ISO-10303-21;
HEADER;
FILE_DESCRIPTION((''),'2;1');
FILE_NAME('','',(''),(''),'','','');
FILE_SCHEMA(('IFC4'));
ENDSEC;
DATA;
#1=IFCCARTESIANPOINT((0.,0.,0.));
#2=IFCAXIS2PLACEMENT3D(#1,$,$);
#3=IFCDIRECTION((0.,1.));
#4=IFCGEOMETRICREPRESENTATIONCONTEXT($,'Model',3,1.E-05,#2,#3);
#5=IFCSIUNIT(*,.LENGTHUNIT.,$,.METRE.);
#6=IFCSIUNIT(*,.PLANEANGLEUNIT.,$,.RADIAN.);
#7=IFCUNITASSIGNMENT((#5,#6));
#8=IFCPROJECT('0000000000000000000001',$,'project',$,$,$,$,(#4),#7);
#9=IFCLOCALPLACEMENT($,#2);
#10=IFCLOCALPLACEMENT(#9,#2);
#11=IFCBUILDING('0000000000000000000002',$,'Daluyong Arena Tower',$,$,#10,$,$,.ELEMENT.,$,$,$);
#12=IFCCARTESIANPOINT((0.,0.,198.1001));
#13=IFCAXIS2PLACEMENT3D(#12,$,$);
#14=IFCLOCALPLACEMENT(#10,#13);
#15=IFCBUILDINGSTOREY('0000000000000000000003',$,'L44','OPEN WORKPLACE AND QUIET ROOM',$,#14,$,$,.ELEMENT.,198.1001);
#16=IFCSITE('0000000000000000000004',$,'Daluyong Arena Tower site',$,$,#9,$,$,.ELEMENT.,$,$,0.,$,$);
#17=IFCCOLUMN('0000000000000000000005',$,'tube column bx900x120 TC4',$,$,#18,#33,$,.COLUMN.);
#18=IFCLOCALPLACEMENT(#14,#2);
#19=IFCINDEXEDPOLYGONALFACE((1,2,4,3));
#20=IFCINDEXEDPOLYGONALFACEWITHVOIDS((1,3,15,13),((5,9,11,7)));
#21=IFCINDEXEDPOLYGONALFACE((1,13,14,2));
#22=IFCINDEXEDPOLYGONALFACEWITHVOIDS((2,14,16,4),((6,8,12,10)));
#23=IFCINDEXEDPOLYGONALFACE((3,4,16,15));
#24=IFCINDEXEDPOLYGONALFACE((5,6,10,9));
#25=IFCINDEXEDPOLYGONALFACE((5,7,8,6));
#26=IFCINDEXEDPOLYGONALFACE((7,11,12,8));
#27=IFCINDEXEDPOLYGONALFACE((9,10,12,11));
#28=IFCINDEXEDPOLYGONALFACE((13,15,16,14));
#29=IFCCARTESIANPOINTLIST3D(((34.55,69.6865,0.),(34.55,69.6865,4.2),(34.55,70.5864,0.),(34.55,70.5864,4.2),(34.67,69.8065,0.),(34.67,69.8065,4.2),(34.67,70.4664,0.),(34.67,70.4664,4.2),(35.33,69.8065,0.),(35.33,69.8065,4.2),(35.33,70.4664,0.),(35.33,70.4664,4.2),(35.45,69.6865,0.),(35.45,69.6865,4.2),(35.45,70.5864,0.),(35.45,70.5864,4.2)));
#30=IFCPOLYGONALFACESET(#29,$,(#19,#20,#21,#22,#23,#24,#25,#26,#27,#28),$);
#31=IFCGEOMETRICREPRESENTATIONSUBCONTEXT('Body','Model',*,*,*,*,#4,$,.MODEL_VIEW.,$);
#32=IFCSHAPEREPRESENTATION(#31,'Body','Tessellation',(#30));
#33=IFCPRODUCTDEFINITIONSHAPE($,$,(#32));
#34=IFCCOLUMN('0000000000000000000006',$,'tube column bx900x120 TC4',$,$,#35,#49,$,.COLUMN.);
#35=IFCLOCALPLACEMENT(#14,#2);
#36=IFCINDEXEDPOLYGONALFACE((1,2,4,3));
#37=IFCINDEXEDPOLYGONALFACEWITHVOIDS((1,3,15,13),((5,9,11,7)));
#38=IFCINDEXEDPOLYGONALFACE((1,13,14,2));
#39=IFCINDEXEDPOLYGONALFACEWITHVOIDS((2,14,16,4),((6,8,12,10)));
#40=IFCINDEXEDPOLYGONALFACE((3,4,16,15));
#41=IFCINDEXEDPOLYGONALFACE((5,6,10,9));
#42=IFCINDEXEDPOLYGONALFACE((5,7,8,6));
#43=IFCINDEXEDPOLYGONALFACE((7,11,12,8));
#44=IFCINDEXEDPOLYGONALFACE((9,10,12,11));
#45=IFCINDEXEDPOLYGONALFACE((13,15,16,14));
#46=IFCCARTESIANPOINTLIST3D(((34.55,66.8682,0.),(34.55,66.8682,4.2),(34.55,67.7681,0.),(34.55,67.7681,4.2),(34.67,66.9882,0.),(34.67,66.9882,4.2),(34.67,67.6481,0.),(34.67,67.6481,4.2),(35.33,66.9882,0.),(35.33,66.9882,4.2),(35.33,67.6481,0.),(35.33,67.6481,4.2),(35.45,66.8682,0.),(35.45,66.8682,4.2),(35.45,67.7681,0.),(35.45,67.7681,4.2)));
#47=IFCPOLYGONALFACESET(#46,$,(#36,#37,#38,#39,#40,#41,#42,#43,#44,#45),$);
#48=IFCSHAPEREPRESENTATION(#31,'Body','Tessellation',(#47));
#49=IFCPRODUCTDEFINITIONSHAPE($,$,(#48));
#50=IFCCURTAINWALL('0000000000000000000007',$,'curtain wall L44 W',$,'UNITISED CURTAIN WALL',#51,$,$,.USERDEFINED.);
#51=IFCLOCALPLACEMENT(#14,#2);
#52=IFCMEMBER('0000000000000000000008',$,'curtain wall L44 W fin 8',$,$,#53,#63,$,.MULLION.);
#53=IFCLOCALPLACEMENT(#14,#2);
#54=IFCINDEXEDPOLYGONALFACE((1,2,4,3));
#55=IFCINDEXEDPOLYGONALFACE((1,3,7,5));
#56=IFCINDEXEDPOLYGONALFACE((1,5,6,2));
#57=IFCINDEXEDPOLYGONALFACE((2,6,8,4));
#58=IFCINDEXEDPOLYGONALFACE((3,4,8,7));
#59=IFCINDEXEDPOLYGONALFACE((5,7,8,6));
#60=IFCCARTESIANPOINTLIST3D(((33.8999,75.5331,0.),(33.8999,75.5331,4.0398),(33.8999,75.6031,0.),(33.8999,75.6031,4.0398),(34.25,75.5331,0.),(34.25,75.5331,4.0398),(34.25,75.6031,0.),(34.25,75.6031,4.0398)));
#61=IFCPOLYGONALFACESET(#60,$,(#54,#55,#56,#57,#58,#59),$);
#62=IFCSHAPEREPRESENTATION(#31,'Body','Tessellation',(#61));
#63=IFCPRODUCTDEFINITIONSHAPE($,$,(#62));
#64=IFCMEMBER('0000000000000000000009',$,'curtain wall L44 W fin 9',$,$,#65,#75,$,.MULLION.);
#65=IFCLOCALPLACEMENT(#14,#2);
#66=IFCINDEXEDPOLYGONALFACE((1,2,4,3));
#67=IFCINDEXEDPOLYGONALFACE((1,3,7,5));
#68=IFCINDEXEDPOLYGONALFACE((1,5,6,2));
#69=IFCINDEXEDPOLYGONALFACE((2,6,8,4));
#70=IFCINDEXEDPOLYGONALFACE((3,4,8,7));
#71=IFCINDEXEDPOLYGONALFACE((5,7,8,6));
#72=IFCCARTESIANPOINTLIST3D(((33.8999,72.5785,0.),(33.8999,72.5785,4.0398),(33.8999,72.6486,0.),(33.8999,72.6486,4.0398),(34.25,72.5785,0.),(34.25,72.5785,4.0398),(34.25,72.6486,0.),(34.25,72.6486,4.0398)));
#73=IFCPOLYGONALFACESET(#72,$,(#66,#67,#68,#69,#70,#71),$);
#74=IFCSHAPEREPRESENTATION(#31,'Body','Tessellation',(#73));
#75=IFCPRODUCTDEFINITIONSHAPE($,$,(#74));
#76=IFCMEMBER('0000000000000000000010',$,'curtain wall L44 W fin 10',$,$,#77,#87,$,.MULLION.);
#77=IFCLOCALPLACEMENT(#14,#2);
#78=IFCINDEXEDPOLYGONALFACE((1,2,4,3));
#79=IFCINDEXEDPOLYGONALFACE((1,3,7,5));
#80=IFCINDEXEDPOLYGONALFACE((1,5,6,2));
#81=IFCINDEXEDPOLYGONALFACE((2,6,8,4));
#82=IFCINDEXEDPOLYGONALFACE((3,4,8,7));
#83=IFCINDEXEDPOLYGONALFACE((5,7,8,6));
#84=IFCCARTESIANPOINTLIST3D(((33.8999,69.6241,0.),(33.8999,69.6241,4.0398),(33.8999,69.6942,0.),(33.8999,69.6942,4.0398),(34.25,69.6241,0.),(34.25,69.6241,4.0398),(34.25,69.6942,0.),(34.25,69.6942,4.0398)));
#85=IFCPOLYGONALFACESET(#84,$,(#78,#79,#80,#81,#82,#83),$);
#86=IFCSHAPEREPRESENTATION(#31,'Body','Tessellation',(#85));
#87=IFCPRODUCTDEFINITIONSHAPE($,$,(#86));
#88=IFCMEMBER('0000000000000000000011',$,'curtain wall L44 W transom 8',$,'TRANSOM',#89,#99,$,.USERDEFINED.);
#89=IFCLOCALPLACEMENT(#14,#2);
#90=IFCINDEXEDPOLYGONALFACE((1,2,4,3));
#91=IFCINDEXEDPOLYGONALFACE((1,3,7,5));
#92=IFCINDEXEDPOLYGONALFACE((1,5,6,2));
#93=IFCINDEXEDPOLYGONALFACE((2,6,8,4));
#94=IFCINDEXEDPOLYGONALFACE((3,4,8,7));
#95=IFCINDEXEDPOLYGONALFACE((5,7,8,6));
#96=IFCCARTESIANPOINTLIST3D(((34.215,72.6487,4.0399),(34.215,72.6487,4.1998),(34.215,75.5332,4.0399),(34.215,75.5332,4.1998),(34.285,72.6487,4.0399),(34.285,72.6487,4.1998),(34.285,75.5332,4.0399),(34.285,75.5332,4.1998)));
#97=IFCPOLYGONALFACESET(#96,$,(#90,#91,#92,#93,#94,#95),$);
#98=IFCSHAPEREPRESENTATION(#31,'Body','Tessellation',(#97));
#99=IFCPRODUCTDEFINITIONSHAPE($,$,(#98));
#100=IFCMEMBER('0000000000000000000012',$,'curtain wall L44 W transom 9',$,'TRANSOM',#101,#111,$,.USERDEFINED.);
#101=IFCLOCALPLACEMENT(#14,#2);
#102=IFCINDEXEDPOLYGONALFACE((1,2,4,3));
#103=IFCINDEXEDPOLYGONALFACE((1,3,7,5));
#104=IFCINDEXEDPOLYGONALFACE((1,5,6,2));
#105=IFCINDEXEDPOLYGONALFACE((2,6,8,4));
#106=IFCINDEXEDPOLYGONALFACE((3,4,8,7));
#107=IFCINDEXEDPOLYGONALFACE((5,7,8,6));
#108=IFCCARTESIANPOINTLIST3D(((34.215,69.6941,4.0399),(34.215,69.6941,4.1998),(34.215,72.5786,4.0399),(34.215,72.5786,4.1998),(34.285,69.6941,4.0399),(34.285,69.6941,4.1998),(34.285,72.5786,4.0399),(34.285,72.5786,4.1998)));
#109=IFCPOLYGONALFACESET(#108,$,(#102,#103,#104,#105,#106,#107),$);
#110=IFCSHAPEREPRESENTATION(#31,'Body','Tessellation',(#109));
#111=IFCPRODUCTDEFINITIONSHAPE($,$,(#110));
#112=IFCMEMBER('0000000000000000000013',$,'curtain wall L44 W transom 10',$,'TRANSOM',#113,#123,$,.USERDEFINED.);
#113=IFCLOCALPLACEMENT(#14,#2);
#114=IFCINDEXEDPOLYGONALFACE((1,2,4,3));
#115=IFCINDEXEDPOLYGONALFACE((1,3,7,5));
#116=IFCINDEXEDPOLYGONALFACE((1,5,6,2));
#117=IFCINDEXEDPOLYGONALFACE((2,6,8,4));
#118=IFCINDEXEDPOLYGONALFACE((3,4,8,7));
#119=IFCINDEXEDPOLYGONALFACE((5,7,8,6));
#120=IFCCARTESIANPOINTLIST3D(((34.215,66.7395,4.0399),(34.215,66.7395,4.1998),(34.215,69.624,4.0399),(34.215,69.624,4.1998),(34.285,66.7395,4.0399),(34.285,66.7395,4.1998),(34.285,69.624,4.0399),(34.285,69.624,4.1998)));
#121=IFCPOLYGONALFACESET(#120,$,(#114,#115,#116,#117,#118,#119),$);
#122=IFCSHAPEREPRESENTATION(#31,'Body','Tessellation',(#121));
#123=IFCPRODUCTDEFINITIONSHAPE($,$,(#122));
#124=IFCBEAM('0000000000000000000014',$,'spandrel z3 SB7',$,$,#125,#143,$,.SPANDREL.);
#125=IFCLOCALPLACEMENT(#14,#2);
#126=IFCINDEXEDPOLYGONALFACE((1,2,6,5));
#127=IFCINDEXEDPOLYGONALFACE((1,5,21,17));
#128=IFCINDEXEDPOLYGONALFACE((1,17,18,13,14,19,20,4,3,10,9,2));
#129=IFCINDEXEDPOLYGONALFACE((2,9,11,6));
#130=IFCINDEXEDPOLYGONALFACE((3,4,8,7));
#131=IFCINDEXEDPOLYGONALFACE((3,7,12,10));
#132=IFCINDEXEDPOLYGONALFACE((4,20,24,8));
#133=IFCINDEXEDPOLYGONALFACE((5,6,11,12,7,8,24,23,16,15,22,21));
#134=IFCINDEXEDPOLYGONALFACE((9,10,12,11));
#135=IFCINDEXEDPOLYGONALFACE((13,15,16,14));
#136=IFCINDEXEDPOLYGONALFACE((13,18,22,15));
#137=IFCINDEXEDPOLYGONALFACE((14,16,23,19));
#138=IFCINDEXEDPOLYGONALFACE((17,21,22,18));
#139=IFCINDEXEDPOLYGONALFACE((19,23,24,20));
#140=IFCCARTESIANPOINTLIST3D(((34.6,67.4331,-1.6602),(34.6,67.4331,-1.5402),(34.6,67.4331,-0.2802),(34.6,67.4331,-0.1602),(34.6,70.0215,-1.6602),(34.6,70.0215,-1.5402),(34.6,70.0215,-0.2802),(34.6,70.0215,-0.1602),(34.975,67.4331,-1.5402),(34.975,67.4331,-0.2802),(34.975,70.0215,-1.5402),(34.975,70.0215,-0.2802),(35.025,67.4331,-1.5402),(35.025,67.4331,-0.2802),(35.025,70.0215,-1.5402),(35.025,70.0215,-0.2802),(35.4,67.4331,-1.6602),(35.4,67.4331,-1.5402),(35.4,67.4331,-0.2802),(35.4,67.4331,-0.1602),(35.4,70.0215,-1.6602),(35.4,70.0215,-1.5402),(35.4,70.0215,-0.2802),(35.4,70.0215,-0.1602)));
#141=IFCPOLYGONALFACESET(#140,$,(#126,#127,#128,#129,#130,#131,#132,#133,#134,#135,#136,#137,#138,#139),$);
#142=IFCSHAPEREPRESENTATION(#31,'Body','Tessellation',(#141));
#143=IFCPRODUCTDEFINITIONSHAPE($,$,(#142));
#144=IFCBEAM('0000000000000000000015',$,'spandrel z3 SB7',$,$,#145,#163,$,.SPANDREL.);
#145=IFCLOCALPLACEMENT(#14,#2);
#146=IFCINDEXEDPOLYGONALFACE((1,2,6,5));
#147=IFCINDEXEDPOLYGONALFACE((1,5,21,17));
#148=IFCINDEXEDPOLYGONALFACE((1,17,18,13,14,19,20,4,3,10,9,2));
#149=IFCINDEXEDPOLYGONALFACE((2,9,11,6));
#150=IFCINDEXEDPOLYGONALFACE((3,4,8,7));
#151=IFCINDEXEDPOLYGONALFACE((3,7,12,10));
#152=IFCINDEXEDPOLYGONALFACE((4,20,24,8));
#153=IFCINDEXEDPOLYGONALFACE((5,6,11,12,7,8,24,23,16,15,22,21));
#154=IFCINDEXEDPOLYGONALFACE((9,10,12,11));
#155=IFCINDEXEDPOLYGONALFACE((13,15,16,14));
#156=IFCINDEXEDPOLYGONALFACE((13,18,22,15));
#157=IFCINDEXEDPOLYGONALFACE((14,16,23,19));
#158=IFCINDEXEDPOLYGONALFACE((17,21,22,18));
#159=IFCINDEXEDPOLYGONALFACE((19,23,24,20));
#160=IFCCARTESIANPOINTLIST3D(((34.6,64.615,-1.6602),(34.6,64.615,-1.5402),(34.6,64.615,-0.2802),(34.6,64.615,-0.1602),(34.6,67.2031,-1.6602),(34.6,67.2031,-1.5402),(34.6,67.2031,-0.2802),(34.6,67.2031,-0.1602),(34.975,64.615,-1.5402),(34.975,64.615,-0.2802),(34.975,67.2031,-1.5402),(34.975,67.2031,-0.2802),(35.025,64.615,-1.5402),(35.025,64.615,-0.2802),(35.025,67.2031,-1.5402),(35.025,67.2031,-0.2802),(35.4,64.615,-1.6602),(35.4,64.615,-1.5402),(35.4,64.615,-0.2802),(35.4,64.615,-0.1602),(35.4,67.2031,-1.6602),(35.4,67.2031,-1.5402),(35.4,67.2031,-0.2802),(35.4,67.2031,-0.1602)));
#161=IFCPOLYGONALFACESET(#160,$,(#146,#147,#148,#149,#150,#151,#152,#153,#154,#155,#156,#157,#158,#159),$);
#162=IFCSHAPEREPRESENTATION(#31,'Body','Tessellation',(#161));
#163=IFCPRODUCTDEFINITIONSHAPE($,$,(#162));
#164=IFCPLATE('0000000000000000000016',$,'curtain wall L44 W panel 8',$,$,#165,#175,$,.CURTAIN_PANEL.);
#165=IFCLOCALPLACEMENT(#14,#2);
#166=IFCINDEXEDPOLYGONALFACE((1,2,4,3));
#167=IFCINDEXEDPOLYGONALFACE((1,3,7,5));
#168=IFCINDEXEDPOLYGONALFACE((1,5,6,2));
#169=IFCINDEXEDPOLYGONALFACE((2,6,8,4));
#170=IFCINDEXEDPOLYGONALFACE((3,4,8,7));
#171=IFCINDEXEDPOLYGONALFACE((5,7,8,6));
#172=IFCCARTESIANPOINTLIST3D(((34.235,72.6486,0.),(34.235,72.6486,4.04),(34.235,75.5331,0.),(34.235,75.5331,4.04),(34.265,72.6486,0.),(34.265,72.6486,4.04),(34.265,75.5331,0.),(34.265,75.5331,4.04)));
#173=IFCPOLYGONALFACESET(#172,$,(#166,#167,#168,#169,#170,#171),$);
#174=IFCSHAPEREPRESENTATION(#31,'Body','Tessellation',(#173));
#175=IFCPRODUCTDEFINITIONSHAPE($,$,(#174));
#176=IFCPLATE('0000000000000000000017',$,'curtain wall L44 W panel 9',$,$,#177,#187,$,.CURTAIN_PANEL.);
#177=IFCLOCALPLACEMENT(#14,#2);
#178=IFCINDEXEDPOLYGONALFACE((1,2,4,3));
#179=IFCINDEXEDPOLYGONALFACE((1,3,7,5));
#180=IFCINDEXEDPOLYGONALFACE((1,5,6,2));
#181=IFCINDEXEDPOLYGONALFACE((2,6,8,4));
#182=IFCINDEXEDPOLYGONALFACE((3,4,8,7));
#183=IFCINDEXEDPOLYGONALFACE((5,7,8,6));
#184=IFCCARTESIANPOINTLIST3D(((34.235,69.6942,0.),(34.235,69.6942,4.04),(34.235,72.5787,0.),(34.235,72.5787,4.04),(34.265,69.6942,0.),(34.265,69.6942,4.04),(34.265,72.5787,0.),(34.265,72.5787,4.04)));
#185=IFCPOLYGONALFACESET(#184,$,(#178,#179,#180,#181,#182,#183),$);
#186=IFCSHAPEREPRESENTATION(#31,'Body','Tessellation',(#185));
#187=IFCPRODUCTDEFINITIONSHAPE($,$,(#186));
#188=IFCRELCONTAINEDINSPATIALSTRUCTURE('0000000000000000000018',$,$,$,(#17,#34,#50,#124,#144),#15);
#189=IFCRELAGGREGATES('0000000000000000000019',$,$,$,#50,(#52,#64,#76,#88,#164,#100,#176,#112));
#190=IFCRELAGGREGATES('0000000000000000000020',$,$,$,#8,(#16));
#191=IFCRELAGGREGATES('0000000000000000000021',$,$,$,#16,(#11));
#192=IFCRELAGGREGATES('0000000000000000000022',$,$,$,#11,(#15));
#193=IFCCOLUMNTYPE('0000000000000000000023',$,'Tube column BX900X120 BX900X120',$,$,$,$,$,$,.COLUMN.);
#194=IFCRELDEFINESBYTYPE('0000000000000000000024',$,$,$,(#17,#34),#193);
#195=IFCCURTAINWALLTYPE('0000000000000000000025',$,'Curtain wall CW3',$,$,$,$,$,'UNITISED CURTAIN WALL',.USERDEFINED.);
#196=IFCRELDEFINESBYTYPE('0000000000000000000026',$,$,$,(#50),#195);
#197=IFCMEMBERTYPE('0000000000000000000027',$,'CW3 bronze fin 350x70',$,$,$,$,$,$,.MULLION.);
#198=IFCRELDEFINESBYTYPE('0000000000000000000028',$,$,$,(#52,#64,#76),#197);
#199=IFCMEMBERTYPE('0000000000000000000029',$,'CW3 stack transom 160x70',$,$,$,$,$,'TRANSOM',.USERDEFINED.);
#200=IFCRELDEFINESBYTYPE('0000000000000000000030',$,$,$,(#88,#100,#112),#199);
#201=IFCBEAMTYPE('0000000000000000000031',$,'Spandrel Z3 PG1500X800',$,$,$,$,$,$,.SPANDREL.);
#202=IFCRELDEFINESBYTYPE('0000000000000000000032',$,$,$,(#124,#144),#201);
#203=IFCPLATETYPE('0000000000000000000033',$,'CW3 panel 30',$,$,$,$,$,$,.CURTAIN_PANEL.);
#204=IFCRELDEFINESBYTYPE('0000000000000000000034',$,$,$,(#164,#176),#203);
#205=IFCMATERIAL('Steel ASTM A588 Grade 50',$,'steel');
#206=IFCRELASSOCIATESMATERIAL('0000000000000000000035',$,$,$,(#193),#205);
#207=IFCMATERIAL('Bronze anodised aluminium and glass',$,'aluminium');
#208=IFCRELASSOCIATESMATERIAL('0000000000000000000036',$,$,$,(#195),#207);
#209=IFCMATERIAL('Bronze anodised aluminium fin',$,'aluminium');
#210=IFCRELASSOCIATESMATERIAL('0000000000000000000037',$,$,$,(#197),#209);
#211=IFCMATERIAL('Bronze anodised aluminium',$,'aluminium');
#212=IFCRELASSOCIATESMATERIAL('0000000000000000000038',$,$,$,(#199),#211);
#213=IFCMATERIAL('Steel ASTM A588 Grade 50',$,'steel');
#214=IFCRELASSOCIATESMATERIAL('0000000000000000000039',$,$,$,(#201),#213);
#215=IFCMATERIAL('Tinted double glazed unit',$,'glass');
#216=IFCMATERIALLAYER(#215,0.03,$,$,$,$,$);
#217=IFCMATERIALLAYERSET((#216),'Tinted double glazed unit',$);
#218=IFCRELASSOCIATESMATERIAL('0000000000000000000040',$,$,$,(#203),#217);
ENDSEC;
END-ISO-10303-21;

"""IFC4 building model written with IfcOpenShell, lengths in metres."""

from ifc_helpers import new_model, si_unit, direction, frame, origin, origin_2d, place, context, subcontext, project, spatial, rectangle, hollow_rectangle, i_section, extrude, material, layer, layer_set, material_profile, profile_set, type_object, element, aggregate, save


model = new_model("IFC4")

# Units and contexts
model_context = context("Model", 3, precision=1e-05, world=origin(), true_north=direction((0.0, 1.0)))
body_context = subcontext(model_context, "Body", "Model", "MODEL_VIEW")
ifc_project = project(units=[si_unit("LENGTHUNIT", "METRE"), si_unit("PLANEANGLEUNIT", "RADIAN")], contexts=[model_context])

# Site, building, storey
site_placement = place(None, origin())
site = spatial("IfcSite", under=ifc_project, at=site_placement, Name="Daluyong Arena Tower site", CompositionType="ELEMENT", RefElevation=0.0)
building_placement = place(site_placement, origin())
building = spatial("IfcBuilding", under=site, at=building_placement, Name="Daluyong Arena Tower", CompositionType="ELEMENT")
storey_placement = place(building_placement, frame((0.0, 0.0, 198.1001)))
storey = spatial("IfcBuildingStorey", under=building, at=storey_placement, Name="L44", Description="OPEN WORKPLACE AND QUIET ROOM", CompositionType="ELEMENT", Elevation=198.1001)

# Columns
ifc_material_1 = material(Name="Steel ASTM A588 Grade 50", Category="steel")
ifc_material_profile_1 = material_profile(ifc_material_1, hollow_rectangle(XDim=0.8999, YDim=0.8999, WallThickness=0.12, at=origin_2d()))
ifc_profile_set_1 = profile_set([ifc_material_profile_1], Name="Steel ASTM A588 Grade 50")
column_type = type_object("IfcColumnType", Name="Tube column BX900X120 BX900X120", PredefinedType="COLUMN", material=ifc_profile_set_1)
for number, where, z_axis, x_axis, name in (
    (1, (35.0, 70.1365, 0.0), (0.0, 0.0, 1.0), (0.0, 1.0, 0.0), "tube column bx900x120 TC4"),
    (2, (35.0, 67.3181, 0.0), (0.0, 0.0, 1.0), (0.0, 1.0, 0.0), "tube column bx900x120 TC4"),
):
    element("IfcColumn", number, at=place(storey_placement, frame(where, z_axis=z_axis, x_axis=x_axis)), inside=storey, type_object=column_type, Name=name, PredefinedType="COLUMN", context=body_context, shape_type="SweptSolid", body=[
        extrude(hollow_rectangle(XDim=0.8999, YDim=0.8999, WallThickness=0.12, at=origin_2d()), origin(), (0.0, 0.0, 1.0), 4.2),
    ])

# Curtain wall, members
ifc_material_2 = material(Name="Bronze anodised aluminium and glass", Category="aluminium")
curtain_wall_type = type_object("IfcCurtainWallType", Name="Curtain wall CW3", ElementType="UNITISED CURTAIN WALL", PredefinedType="USERDEFINED", material=ifc_material_2)
curtain_wall_placement = place(storey_placement, origin())
curtain_wall = element("IfcCurtainWall", 3, at=curtain_wall_placement, inside=storey, type_object=curtain_wall_type, Name="curtain wall L44 W", ObjectType="UNITISED CURTAIN WALL", PredefinedType="USERDEFINED")
ifc_material_3 = material(Name="Bronze anodised aluminium fin", Category="aluminium")
ifc_material_profile_2 = material_profile(ifc_material_3, rectangle(XDim=0.3501, YDim=0.0701, at=origin_2d()))
ifc_profile_set_2 = profile_set([ifc_material_profile_2], Name="Bronze anodised aluminium fin")
member_type_1 = type_object("IfcMemberType", Name="CW3 bronze fin 350x70", PredefinedType="MULLION", material=ifc_profile_set_2)
member_1_placement = place(storey_placement, frame((34.075, 75.5681, 0.0), z_axis=(0.0, 0.0, 1.0), x_axis=(1.0, 0.0, 0.0)))
member_1 = element("IfcMember", 4, at=member_1_placement, type_object=member_type_1, Name="curtain wall L44 W fin 8", PredefinedType="MULLION", context=body_context, shape_type="SweptSolid", body=[
    extrude(rectangle(XDim=0.3501, YDim=0.0701, at=origin_2d()), origin(), (0.0, 0.0, 1.0), 4.0398),
])
member_2_placement = place(storey_placement, frame((34.075, 72.6135, 0.0), z_axis=(0.0, 0.0, 1.0), x_axis=(1.0, 0.0, 0.0)))
member_2 = element("IfcMember", 5, at=member_2_placement, type_object=member_type_1, Name="curtain wall L44 W fin 9", PredefinedType="MULLION", context=body_context, shape_type="SweptSolid", body=[
    extrude(rectangle(XDim=0.3501, YDim=0.0701, at=origin_2d()), origin(), (0.0, 0.0, 1.0), 4.0398),
])
member_3_placement = place(storey_placement, frame((34.075, 69.6592, 0.0), z_axis=(0.0, 0.0, 1.0), x_axis=(1.0, 0.0, 0.0)))
member_3 = element("IfcMember", 6, at=member_3_placement, type_object=member_type_1, Name="curtain wall L44 W fin 10", PredefinedType="MULLION", context=body_context, shape_type="SweptSolid", body=[
    extrude(rectangle(XDim=0.3501, YDim=0.0701, at=origin_2d()), origin(), (0.0, 0.0, 1.0), 4.0398),
])
ifc_material_4 = material(Name="Bronze anodised aluminium", Category="aluminium")
ifc_material_profile_3 = material_profile(ifc_material_4, rectangle(XDim=0.0701, YDim=0.1599, at=origin_2d()))
ifc_profile_set_3 = profile_set([ifc_material_profile_3], Name="Bronze anodised aluminium")
member_type_2 = type_object("IfcMemberType", Name="CW3 stack transom 160x70", ElementType="TRANSOM", PredefinedType="USERDEFINED", material=ifc_profile_set_3)
member_4_placement = place(storey_placement, frame((34.25, 75.5332, 4.1199), z_axis=(0.0, -1.0, 0.0), x_axis=(1.0, 0.0, 0.0)))
member_4 = element("IfcMember", 7, at=member_4_placement, type_object=member_type_2, Name="curtain wall L44 W transom 8", ObjectType="TRANSOM", PredefinedType="USERDEFINED", context=body_context, shape_type="SweptSolid", body=[
    extrude(rectangle(XDim=0.0701, YDim=0.1599, at=origin_2d()), origin(), (0.0, 0.0, 1.0), 2.8845),
])
member_5_placement = place(storey_placement, frame((34.25, 72.5786, 4.1199), z_axis=(0.0, -1.0, 0.0), x_axis=(1.0, 0.0, 0.0)))
member_5 = element("IfcMember", 8, at=member_5_placement, type_object=member_type_2, Name="curtain wall L44 W transom 9", ObjectType="TRANSOM", PredefinedType="USERDEFINED", context=body_context, shape_type="SweptSolid", body=[
    extrude(rectangle(XDim=0.0701, YDim=0.1599, at=origin_2d()), origin(), (0.0, 0.0, 1.0), 2.8845),
])
member_6_placement = place(storey_placement, frame((34.25, 69.624, 4.1199), z_axis=(0.0, -1.0, 0.0), x_axis=(1.0, 0.0, 0.0)))
member_6 = element("IfcMember", 9, at=member_6_placement, type_object=member_type_2, Name="curtain wall L44 W transom 10", ObjectType="TRANSOM", PredefinedType="USERDEFINED", context=body_context, shape_type="SweptSolid", body=[
    extrude(rectangle(XDim=0.0701, YDim=0.1599, at=origin_2d()), origin(), (0.0, 0.0, 1.0), 2.8845),
])

# Beams
ifc_material_5 = material(Name="Steel ASTM A588 Grade 50", Category="steel")
ifc_material_profile_4 = material_profile(ifc_material_5, i_section(OverallWidth=0.8, OverallDepth=1.5, WebThickness=0.05, FlangeThickness=0.12, at=origin_2d()))
ifc_profile_set_4 = profile_set([ifc_material_profile_4], Name="Steel ASTM A588 Grade 50")
beam_type = type_object("IfcBeamType", Name="Spandrel Z3 PG1500X800", PredefinedType="SPANDREL", material=ifc_profile_set_4)
beam_1_placement = place(storey_placement, frame((35.0, 70.0215, -0.9102), z_axis=(0.0, -1.0, 0.0), x_axis=(1.0, 0.0, 0.0)))
element("IfcBeam", 10, at=beam_1_placement, inside=storey, type_object=beam_type, Name="spandrel z3 SB7", PredefinedType="SPANDREL", context=body_context, shape_type="SweptSolid", body=[
    extrude(i_section(OverallWidth=0.8, OverallDepth=1.5, WebThickness=0.05, FlangeThickness=0.12, at=origin_2d()), origin(), (0.0, 0.0, 1.0), 2.5884),
])
beam_2_placement = place(storey_placement, frame((35.0, 67.2031, -0.9102), z_axis=(0.0, -1.0, 0.0), x_axis=(1.0, 0.0, 0.0)))
element("IfcBeam", 11, at=beam_2_placement, inside=storey, type_object=beam_type, Name="spandrel z3 SB7", PredefinedType="SPANDREL", context=body_context, shape_type="SweptSolid", body=[
    extrude(i_section(OverallWidth=0.8, OverallDepth=1.5, WebThickness=0.05, FlangeThickness=0.12, at=origin_2d()), origin(), (0.0, 0.0, 1.0), 2.5881),
])

# Plates
ifc_material_6 = material(Name="Tinted double glazed unit", Category="glass")
ifc_layer = layer(ifc_material_6, 0.03)
ifc_layer_set = layer_set([ifc_layer], Name="Tinted double glazed unit")
plate_type = type_object("IfcPlateType", Name="CW3 panel 30", PredefinedType="CURTAIN_PANEL", material=ifc_layer_set)
plate_1_placement = place(storey_placement, frame((34.25, 74.0908, 0.0), z_axis=(0.0, 0.0, 1.0), x_axis=(0.0, -1.0, 0.0)))
plate_1 = element("IfcPlate", 12, at=plate_1_placement, type_object=plate_type, Name="curtain wall L44 W panel 8", PredefinedType="CURTAIN_PANEL", context=body_context, shape_type="SweptSolid", body=[
    extrude(rectangle(XDim=2.8845, YDim=0.03, at=origin_2d()), origin(), (0.0, 0.0, 1.0), 4.04),
])
plate_2_placement = place(storey_placement, frame((34.25, 71.1365, 0.0), z_axis=(0.0, 0.0, 1.0), x_axis=(0.0, -1.0, 0.0)))
plate_2 = element("IfcPlate", 13, at=plate_2_placement, type_object=plate_type, Name="curtain wall L44 W panel 9", PredefinedType="CURTAIN_PANEL", context=body_context, shape_type="SweptSolid", body=[
    extrude(rectangle(XDim=2.8845, YDim=0.03, at=origin_2d()), origin(), (0.0, 0.0, 1.0), 4.04),
])
aggregate(curtain_wall, [member_1, member_2, member_3, member_4, plate_1, member_5, plate_2, member_6])

save(model, "model.ifc")
